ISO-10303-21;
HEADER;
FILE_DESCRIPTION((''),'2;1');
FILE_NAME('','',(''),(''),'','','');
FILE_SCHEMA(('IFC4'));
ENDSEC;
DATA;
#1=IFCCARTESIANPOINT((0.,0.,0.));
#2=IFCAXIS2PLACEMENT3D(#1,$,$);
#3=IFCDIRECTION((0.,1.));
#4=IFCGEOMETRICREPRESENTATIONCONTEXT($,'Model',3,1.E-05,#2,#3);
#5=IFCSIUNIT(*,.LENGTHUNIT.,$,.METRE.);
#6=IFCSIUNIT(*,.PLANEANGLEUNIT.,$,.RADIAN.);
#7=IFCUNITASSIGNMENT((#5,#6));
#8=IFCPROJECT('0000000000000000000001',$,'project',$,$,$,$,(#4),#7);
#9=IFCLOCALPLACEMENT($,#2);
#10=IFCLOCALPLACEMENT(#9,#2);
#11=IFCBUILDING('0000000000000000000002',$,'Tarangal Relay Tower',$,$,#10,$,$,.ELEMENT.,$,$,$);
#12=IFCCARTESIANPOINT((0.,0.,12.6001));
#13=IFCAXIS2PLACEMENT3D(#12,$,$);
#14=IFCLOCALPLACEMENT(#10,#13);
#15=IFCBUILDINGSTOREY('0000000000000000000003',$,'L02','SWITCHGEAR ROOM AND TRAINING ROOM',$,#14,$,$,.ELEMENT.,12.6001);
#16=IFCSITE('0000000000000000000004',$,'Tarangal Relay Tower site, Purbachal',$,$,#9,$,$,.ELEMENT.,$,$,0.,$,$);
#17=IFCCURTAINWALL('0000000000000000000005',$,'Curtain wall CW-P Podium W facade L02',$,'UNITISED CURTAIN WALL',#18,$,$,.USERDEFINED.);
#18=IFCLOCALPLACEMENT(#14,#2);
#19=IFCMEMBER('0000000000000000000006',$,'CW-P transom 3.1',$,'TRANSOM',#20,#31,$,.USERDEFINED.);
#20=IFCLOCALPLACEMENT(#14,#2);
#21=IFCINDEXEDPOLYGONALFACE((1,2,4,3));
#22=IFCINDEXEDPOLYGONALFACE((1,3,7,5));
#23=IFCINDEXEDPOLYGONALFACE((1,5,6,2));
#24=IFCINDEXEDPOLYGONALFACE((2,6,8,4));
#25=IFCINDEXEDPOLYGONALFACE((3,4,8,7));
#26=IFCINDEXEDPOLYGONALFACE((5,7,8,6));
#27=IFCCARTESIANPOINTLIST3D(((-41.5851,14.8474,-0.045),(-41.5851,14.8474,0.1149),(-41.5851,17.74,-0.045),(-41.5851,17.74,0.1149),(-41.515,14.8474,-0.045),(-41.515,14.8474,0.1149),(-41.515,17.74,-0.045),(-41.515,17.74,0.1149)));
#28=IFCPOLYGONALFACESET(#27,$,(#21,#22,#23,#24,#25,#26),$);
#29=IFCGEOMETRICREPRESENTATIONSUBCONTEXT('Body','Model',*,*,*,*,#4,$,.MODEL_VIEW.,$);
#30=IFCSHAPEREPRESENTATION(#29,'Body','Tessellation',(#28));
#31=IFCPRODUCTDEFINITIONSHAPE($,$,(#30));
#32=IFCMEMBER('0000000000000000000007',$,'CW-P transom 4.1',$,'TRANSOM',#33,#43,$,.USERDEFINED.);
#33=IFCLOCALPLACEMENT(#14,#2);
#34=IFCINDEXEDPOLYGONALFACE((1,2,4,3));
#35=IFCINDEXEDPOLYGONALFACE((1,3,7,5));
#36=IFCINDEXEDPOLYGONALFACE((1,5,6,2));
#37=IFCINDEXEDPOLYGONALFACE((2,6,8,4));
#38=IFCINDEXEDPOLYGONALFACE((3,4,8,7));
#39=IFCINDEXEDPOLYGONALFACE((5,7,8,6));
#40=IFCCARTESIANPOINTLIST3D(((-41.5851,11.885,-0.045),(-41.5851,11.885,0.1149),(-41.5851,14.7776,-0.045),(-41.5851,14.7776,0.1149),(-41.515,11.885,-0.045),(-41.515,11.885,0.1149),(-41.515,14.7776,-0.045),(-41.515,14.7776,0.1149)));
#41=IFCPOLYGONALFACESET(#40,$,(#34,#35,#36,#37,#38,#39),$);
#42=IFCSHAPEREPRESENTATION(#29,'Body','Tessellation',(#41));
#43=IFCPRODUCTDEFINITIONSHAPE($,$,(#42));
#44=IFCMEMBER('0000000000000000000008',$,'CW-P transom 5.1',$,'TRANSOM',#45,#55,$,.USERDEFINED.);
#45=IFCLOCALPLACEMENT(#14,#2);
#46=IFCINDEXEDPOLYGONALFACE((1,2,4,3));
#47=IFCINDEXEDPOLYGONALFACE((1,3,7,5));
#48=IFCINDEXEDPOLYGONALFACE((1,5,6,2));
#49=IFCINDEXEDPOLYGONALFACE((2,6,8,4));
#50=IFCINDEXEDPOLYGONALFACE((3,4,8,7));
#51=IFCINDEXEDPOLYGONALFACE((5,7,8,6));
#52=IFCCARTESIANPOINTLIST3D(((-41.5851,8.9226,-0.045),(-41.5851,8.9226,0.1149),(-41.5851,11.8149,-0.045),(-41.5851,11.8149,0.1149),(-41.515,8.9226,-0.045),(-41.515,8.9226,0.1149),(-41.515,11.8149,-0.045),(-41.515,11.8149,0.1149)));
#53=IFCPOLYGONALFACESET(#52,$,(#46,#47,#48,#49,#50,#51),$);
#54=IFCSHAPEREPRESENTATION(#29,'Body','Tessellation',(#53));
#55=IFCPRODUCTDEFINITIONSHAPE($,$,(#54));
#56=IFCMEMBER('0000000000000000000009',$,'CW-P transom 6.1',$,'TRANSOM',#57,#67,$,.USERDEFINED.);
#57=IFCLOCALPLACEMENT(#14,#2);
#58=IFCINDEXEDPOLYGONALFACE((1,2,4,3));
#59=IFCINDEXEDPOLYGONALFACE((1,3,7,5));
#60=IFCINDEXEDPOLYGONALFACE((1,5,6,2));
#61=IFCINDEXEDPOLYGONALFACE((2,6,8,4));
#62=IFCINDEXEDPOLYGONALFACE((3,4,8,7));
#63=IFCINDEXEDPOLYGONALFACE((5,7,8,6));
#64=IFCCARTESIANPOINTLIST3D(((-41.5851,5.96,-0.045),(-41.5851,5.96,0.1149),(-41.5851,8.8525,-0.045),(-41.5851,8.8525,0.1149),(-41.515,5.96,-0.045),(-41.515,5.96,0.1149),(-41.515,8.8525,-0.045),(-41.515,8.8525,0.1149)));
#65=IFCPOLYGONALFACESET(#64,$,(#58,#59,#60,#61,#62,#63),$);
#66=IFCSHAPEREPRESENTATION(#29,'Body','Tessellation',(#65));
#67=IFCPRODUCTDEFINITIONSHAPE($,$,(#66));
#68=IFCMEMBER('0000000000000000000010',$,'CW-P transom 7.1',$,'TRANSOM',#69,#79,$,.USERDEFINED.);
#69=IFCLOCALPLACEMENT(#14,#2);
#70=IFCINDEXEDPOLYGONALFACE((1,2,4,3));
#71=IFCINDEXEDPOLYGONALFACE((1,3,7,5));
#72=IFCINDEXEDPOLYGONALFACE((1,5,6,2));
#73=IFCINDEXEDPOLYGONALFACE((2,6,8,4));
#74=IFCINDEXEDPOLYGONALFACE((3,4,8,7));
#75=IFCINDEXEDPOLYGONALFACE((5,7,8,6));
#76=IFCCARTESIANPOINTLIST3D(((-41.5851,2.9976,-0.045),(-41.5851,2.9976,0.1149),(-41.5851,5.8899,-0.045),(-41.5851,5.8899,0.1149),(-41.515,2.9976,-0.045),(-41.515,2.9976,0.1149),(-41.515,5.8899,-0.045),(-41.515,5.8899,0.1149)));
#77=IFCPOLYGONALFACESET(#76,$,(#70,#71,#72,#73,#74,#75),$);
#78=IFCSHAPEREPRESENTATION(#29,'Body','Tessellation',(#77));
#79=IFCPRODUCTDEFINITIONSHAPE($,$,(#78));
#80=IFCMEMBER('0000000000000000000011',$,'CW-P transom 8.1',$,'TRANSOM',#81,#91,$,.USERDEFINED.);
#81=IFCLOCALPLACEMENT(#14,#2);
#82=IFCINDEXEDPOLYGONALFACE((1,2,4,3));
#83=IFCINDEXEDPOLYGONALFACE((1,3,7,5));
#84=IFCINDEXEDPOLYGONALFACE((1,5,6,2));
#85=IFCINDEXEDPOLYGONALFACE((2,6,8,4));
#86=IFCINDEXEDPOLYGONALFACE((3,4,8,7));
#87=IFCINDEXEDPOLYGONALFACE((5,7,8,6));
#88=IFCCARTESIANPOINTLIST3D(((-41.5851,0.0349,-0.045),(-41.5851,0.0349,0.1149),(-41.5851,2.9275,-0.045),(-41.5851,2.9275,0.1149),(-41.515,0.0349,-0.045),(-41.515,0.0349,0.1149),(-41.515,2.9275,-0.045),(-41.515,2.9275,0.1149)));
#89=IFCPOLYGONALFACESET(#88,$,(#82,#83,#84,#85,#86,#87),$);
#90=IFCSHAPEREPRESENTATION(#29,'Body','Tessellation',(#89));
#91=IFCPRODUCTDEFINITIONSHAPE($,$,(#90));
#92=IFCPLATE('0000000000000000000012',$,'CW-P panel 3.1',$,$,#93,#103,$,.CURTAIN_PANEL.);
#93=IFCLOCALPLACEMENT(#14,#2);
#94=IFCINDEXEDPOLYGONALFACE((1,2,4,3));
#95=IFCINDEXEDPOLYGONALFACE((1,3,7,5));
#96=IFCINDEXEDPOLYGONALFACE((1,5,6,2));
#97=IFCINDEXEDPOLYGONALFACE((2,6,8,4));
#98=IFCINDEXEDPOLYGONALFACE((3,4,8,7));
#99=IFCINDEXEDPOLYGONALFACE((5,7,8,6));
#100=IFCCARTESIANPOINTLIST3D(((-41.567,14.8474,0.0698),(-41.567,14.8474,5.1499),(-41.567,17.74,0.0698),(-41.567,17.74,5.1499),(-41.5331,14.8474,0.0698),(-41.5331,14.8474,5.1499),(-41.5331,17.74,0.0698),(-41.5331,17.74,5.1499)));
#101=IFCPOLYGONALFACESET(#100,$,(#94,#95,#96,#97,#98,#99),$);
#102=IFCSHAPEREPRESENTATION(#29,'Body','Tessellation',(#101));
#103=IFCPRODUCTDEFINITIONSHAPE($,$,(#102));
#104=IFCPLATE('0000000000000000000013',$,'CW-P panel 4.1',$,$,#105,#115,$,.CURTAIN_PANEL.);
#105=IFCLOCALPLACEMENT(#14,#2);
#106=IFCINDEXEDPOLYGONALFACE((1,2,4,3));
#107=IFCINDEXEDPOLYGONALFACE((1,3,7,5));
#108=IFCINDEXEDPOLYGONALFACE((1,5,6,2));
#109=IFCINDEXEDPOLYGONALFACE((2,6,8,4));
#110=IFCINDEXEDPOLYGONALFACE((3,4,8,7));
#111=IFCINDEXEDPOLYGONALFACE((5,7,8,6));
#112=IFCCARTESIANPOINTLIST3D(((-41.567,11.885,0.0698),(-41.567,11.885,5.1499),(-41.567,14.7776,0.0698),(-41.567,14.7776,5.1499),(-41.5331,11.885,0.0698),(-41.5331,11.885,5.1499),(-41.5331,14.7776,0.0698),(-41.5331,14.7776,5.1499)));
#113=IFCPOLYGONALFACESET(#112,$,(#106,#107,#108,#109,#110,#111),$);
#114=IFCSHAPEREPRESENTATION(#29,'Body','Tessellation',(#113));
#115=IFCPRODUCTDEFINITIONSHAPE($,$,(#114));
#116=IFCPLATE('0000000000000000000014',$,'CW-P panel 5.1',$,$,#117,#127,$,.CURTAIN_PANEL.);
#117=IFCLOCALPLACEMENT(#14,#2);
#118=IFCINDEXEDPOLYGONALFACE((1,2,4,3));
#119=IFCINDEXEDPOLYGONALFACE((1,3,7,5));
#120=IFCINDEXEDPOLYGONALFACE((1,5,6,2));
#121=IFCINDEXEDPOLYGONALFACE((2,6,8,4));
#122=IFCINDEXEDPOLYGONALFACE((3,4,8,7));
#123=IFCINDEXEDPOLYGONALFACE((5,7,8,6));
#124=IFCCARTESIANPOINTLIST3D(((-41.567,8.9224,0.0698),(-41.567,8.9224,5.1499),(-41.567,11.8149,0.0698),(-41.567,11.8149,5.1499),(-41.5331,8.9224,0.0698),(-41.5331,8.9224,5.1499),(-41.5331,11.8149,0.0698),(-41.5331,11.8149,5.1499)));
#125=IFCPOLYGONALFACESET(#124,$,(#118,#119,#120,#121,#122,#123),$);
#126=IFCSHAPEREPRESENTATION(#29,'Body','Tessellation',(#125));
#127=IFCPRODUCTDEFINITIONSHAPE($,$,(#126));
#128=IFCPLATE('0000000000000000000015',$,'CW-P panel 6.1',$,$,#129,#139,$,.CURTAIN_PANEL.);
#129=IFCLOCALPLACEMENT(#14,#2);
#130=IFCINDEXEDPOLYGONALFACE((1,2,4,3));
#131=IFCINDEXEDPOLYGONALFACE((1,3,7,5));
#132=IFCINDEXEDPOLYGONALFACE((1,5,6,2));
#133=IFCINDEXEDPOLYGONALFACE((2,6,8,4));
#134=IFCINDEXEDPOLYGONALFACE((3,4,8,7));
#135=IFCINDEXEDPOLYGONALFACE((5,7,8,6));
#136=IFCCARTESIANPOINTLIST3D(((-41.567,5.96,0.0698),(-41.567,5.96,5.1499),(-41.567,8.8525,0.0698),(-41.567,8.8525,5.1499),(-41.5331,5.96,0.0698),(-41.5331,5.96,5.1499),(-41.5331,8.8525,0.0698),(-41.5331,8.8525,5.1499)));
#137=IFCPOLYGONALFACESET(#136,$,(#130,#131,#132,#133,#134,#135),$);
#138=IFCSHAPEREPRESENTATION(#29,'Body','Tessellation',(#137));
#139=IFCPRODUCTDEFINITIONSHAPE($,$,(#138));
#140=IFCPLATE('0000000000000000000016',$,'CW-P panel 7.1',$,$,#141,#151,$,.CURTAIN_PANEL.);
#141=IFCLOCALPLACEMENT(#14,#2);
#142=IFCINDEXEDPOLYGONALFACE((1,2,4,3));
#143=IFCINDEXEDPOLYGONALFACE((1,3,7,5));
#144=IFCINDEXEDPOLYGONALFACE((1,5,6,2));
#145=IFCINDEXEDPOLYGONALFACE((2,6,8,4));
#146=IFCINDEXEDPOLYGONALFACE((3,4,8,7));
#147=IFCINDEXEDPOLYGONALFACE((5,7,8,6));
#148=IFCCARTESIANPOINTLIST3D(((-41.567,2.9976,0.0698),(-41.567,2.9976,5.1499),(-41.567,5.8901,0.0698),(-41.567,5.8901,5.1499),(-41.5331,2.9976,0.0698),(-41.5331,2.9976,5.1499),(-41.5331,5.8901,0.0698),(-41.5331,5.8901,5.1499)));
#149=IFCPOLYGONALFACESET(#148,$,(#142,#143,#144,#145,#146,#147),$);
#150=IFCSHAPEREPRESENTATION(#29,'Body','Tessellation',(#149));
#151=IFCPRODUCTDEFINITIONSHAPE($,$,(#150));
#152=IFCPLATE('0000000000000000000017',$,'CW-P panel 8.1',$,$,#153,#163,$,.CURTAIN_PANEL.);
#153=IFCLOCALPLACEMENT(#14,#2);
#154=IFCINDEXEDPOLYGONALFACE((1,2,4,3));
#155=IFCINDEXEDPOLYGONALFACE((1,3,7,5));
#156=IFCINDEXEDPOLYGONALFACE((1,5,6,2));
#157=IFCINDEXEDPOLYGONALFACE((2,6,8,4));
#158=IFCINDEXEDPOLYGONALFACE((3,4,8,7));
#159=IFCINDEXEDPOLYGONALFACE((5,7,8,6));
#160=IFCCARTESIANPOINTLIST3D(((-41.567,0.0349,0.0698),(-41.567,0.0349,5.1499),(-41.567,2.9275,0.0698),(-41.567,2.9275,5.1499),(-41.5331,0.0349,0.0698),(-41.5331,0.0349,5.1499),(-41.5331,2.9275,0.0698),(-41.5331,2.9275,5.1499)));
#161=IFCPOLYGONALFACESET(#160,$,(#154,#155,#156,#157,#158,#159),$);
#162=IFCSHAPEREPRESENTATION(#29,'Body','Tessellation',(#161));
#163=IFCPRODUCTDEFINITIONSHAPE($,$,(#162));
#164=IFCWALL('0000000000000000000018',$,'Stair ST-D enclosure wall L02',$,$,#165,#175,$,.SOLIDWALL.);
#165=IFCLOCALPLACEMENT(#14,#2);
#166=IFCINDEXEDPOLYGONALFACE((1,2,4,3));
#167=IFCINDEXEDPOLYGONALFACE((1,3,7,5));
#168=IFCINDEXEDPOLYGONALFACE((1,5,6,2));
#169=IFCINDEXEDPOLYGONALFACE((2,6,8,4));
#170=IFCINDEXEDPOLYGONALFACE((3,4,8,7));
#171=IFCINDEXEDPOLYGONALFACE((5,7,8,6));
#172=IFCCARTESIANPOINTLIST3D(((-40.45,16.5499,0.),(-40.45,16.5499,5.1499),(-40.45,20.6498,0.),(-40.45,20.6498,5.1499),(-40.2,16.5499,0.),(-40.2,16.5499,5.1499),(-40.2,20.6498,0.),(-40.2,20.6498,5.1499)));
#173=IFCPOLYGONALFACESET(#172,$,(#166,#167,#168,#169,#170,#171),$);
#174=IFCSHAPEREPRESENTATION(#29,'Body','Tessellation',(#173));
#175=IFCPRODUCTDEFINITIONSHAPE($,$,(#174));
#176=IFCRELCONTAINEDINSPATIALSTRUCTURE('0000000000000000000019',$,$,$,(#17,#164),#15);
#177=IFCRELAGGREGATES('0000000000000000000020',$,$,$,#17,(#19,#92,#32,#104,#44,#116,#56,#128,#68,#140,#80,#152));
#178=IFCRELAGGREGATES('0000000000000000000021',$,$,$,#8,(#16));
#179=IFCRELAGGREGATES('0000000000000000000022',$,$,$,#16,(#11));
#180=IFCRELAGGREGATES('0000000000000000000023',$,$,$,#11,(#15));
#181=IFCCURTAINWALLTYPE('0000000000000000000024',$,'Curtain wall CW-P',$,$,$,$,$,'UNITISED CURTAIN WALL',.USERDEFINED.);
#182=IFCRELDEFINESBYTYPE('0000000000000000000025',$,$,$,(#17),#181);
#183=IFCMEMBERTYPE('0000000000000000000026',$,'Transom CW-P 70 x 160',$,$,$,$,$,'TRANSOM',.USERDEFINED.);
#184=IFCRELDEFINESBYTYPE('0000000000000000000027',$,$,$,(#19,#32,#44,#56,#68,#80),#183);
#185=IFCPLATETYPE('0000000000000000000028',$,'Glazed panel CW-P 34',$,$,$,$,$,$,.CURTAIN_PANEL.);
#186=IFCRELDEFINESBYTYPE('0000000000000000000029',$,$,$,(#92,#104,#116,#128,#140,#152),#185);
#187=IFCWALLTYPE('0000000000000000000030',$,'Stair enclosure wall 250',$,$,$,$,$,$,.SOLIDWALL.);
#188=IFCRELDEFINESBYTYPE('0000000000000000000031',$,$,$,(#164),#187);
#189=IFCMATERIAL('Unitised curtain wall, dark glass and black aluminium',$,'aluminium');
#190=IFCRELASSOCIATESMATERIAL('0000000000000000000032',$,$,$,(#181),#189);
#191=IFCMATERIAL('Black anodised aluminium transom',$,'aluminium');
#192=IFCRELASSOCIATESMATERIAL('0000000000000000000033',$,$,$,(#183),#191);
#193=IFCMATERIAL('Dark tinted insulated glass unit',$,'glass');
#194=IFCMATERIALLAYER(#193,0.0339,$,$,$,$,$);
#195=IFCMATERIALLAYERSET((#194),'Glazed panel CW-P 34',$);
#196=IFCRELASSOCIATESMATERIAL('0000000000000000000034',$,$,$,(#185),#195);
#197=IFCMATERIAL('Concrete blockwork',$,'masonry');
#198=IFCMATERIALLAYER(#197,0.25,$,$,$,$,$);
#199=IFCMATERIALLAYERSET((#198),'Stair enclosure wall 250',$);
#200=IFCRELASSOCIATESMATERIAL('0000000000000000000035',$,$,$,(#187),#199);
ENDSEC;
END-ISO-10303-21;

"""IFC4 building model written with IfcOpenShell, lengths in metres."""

from ifc_helpers import new_model, si_unit, direction, frame, frame_2d, origin, origin_2d, place, context, subcontext, project, spatial, rectangle, extrude, material, layer, layer_set, material_profile, profile_set, type_object, element, aggregate, save


model = new_model("IFC4")

# Units and contexts
model_context = context("Model", 3, precision=1e-05, world=origin(), true_north=direction((0.0, 1.0)))
body_context = subcontext(model_context, "Body", "Model", "MODEL_VIEW")
ifc_project = project(units=[si_unit("LENGTHUNIT", "METRE"), si_unit("PLANEANGLEUNIT", "RADIAN")], contexts=[model_context])

# Site, building, storey
site_placement = place(None, origin())
site = spatial("IfcSite", under=ifc_project, at=site_placement, Name="Tarangal Relay Tower site, Purbachal", CompositionType="ELEMENT", RefElevation=0.0)
building_placement = place(site_placement, origin())
building = spatial("IfcBuilding", under=site, at=building_placement, Name="Tarangal Relay Tower", CompositionType="ELEMENT")
storey_placement = place(building_placement, frame((0.0, 0.0, 12.6001)))
storey = spatial("IfcBuildingStorey", under=building, at=storey_placement, Name="L02", Description="SWITCHGEAR ROOM AND TRAINING ROOM", CompositionType="ELEMENT", Elevation=12.6001)

# Curtain wall
ifc_material_1 = material(Name="Unitised curtain wall, dark glass and black aluminium", Category="aluminium")
curtain_wall_type = type_object("IfcCurtainWallType", Name="Curtain wall CW-P", ElementType="UNITISED CURTAIN WALL", PredefinedType="USERDEFINED", material=ifc_material_1)
curtain_wall_placement = place(storey_placement, origin())
curtain_wall = element("IfcCurtainWall", 1, at=curtain_wall_placement, inside=storey, type_object=curtain_wall_type, Name="Curtain wall CW-P Podium W facade L02", ObjectType="UNITISED CURTAIN WALL", PredefinedType="USERDEFINED")

# Members
ifc_material_2 = material(Name="Black anodised aluminium transom", Category="aluminium")
ifc_material_profile_1 = material_profile(ifc_material_2, rectangle(XDim=0.0701, YDim=0.1599, at=origin_2d()), Name="CW-PT 70X160")
ifc_profile_set_1 = profile_set([ifc_material_profile_1], Name="Black anodised aluminium transom")
member_type_1 = type_object("IfcMemberType", Name="Transom CW-P 70 x 160", ElementType="TRANSOM", PredefinedType="USERDEFINED", material=ifc_profile_set_1)
member_1_placement = place(storey_placement, frame((-41.55, 17.74, 0.0349), z_axis=(0.0, -1.0, 0.0), x_axis=(1.0, 0.0, 0.0)))
member_1 = element("IfcMember", 2, at=member_1_placement, type_object=member_type_1, Name="CW-P transom 3.1", ObjectType="TRANSOM", PredefinedType="USERDEFINED", context=body_context, shape_type="SweptSolid", body=[
    extrude(rectangle(XDim=0.0701, YDim=0.1599, at=origin_2d()), origin(), (0.0, 0.0, 1.0), 2.8926),
])
member_2_placement = place(storey_placement, frame((-41.55, 14.7776, 0.0349), z_axis=(0.0, -1.0, 0.0), x_axis=(1.0, 0.0, 0.0)))
member_2 = element("IfcMember", 3, at=member_2_placement, type_object=member_type_1, Name="CW-P transom 4.1", ObjectType="TRANSOM", PredefinedType="USERDEFINED", context=body_context, shape_type="SweptSolid", body=[
    extrude(rectangle(XDim=0.0701, YDim=0.1599, at=origin_2d()), origin(), (0.0, 0.0, 1.0), 2.8926),
])
member_3_placement = place(storey_placement, frame((-41.55, 11.8149, 0.0349), z_axis=(0.0, -1.0, 0.0), x_axis=(1.0, 0.0, 0.0)))
member_3 = element("IfcMember", 4, at=member_3_placement, type_object=member_type_1, Name="CW-P transom 5.1", ObjectType="TRANSOM", PredefinedType="USERDEFINED", context=body_context, shape_type="SweptSolid", body=[
    extrude(rectangle(XDim=0.0701, YDim=0.1599, at=origin_2d()), origin(), (0.0, 0.0, 1.0), 2.8923),
])
member_4_placement = place(storey_placement, frame((-41.55, 8.8525, 0.0349), z_axis=(0.0, -1.0, 0.0), x_axis=(1.0, 0.0, 0.0)))
member_4 = element("IfcMember", 5, at=member_4_placement, type_object=member_type_1, Name="CW-P transom 6.1", ObjectType="TRANSOM", PredefinedType="USERDEFINED", context=body_context, shape_type="SweptSolid", body=[
    extrude(rectangle(XDim=0.0701, YDim=0.1599, at=origin_2d()), origin(), (0.0, 0.0, 1.0), 2.8926),
])
member_5_placement = place(storey_placement, frame((-41.55, 5.8899, 0.0349), z_axis=(0.0, -1.0, 0.0), x_axis=(1.0, 0.0, 0.0)))
member_5 = element("IfcMember", 6, at=member_5_placement, type_object=member_type_1, Name="CW-P transom 7.1", ObjectType="TRANSOM", PredefinedType="USERDEFINED", context=body_context, shape_type="SweptSolid", body=[
    extrude(rectangle(XDim=0.0701, YDim=0.1599, at=origin_2d()), origin(), (0.0, 0.0, 1.0), 2.8923),
])
member_6_placement = place(storey_placement, frame((-41.55, 2.9275, 0.0349), z_axis=(0.0, -1.0, 0.0), x_axis=(1.0, 0.0, 0.0)))
member_6 = element("IfcMember", 7, at=member_6_placement, type_object=member_type_1, Name="CW-P transom 8.1", ObjectType="TRANSOM", PredefinedType="USERDEFINED", context=body_context, shape_type="SweptSolid", body=[
    extrude(rectangle(XDim=0.0701, YDim=0.1599, at=origin_2d()), origin(), (0.0, 0.0, 1.0), 2.8926),
])

# Plates
ifc_material_3 = material(Name="Dark tinted insulated glass unit", Category="glass")
ifc_layer_1 = layer(ifc_material_3, 0.0339)
ifc_layer_set_1 = layer_set([ifc_layer_1], Name="Glazed panel CW-P 34")
plate_type = type_object("IfcPlateType", Name="Glazed panel CW-P 34", PredefinedType="CURTAIN_PANEL", material=ifc_layer_set_1)
plate_1_placement = place(storey_placement, frame((-41.55, 16.2937, 0.0698), z_axis=(0.0, 0.0, 1.0), x_axis=(0.0, -1.0, 0.0)))
plate_1 = element("IfcPlate", 8, at=plate_1_placement, type_object=plate_type, Name="CW-P panel 3.1", PredefinedType="CURTAIN_PANEL", context=body_context, shape_type="SweptSolid", body=[
    extrude(rectangle(XDim=2.8926, YDim=0.0339, at=origin_2d()), origin(), (0.0, 0.0, 1.0), 5.0801),
])
plate_2_placement = place(storey_placement, frame((-41.55, 13.3313, 0.0698), z_axis=(0.0, 0.0, 1.0), x_axis=(0.0, -1.0, 0.0)))
plate_2 = element("IfcPlate", 9, at=plate_2_placement, type_object=plate_type, Name="CW-P panel 4.1", PredefinedType="CURTAIN_PANEL", context=body_context, shape_type="SweptSolid", body=[
    extrude(rectangle(XDim=2.8926, YDim=0.0339, at=origin_2d()), origin(), (0.0, 0.0, 1.0), 5.0801),
])
plate_3_placement = place(storey_placement, frame((-41.55, 10.3687, 0.0698), z_axis=(0.0, 0.0, 1.0), x_axis=(0.0, -1.0, 0.0)))
plate_3 = element("IfcPlate", 10, at=plate_3_placement, type_object=plate_type, Name="CW-P panel 5.1", PredefinedType="CURTAIN_PANEL", context=body_context, shape_type="SweptSolid", body=[
    extrude(rectangle(XDim=2.8926, YDim=0.0339, at=origin_2d()), origin(), (0.0, 0.0, 1.0), 5.0801),
])
plate_4_placement = place(storey_placement, frame((-41.55, 7.4062, 0.0698), z_axis=(0.0, 0.0, 1.0), x_axis=(0.0, -1.0, 0.0)))
plate_4 = element("IfcPlate", 11, at=plate_4_placement, type_object=plate_type, Name="CW-P panel 6.1", PredefinedType="CURTAIN_PANEL", context=body_context, shape_type="SweptSolid", body=[
    extrude(rectangle(XDim=2.8926, YDim=0.0339, at=origin_2d()), origin(), (0.0, 0.0, 1.0), 5.0801),
])
plate_5_placement = place(storey_placement, frame((-41.55, 4.4438, 0.0698), z_axis=(0.0, 0.0, 1.0), x_axis=(0.0, -1.0, 0.0)))
plate_5 = element("IfcPlate", 12, at=plate_5_placement, type_object=plate_type, Name="CW-P panel 7.1", PredefinedType="CURTAIN_PANEL", context=body_context, shape_type="SweptSolid", body=[
    extrude(rectangle(XDim=2.8926, YDim=0.0339, at=origin_2d()), origin(), (0.0, 0.0, 1.0), 5.0801),
])
plate_6_placement = place(storey_placement, frame((-41.55, 1.4812, 0.0698), z_axis=(0.0, 0.0, 1.0), x_axis=(0.0, -1.0, 0.0)))
plate_6 = element("IfcPlate", 13, at=plate_6_placement, type_object=plate_type, Name="CW-P panel 8.1", PredefinedType="CURTAIN_PANEL", context=body_context, shape_type="SweptSolid", body=[
    extrude(rectangle(XDim=2.8926, YDim=0.0339, at=origin_2d()), origin(), (0.0, 0.0, 1.0), 5.0801),
])
aggregate(curtain_wall, [member_1, plate_1, member_2, plate_2, member_3, plate_3, member_4, plate_4, member_5, plate_5, member_6, plate_6])

# Wall
ifc_material_4 = material(Name="Concrete blockwork", Category="masonry")
ifc_layer_2 = layer(ifc_material_4, 0.25)
ifc_layer_set_2 = layer_set([ifc_layer_2], Name="Stair enclosure wall 250")
wall_type = type_object("IfcWallType", Name="Stair enclosure wall 250", PredefinedType="SOLIDWALL", material=ifc_layer_set_2)
wall_1_placement = place(storey_placement, frame((-40.325, 16.55, 0.0), z_axis=(0.0, 0.0, 1.0), x_axis=(0.0, 1.0, 0.0)))
element("IfcWall", 14, at=wall_1_placement, inside=storey, type_object=wall_type, Name="Stair ST-D enclosure wall L02", PredefinedType="SOLIDWALL", context=body_context, shape_type="SweptSolid", body=[
    extrude(rectangle(XDim=4.0999, YDim=0.25, at=frame_2d((2.0498, 0.0))), origin(), (0.0, 0.0, 1.0), 5.1499),
])

save(model, "model.ifc")
